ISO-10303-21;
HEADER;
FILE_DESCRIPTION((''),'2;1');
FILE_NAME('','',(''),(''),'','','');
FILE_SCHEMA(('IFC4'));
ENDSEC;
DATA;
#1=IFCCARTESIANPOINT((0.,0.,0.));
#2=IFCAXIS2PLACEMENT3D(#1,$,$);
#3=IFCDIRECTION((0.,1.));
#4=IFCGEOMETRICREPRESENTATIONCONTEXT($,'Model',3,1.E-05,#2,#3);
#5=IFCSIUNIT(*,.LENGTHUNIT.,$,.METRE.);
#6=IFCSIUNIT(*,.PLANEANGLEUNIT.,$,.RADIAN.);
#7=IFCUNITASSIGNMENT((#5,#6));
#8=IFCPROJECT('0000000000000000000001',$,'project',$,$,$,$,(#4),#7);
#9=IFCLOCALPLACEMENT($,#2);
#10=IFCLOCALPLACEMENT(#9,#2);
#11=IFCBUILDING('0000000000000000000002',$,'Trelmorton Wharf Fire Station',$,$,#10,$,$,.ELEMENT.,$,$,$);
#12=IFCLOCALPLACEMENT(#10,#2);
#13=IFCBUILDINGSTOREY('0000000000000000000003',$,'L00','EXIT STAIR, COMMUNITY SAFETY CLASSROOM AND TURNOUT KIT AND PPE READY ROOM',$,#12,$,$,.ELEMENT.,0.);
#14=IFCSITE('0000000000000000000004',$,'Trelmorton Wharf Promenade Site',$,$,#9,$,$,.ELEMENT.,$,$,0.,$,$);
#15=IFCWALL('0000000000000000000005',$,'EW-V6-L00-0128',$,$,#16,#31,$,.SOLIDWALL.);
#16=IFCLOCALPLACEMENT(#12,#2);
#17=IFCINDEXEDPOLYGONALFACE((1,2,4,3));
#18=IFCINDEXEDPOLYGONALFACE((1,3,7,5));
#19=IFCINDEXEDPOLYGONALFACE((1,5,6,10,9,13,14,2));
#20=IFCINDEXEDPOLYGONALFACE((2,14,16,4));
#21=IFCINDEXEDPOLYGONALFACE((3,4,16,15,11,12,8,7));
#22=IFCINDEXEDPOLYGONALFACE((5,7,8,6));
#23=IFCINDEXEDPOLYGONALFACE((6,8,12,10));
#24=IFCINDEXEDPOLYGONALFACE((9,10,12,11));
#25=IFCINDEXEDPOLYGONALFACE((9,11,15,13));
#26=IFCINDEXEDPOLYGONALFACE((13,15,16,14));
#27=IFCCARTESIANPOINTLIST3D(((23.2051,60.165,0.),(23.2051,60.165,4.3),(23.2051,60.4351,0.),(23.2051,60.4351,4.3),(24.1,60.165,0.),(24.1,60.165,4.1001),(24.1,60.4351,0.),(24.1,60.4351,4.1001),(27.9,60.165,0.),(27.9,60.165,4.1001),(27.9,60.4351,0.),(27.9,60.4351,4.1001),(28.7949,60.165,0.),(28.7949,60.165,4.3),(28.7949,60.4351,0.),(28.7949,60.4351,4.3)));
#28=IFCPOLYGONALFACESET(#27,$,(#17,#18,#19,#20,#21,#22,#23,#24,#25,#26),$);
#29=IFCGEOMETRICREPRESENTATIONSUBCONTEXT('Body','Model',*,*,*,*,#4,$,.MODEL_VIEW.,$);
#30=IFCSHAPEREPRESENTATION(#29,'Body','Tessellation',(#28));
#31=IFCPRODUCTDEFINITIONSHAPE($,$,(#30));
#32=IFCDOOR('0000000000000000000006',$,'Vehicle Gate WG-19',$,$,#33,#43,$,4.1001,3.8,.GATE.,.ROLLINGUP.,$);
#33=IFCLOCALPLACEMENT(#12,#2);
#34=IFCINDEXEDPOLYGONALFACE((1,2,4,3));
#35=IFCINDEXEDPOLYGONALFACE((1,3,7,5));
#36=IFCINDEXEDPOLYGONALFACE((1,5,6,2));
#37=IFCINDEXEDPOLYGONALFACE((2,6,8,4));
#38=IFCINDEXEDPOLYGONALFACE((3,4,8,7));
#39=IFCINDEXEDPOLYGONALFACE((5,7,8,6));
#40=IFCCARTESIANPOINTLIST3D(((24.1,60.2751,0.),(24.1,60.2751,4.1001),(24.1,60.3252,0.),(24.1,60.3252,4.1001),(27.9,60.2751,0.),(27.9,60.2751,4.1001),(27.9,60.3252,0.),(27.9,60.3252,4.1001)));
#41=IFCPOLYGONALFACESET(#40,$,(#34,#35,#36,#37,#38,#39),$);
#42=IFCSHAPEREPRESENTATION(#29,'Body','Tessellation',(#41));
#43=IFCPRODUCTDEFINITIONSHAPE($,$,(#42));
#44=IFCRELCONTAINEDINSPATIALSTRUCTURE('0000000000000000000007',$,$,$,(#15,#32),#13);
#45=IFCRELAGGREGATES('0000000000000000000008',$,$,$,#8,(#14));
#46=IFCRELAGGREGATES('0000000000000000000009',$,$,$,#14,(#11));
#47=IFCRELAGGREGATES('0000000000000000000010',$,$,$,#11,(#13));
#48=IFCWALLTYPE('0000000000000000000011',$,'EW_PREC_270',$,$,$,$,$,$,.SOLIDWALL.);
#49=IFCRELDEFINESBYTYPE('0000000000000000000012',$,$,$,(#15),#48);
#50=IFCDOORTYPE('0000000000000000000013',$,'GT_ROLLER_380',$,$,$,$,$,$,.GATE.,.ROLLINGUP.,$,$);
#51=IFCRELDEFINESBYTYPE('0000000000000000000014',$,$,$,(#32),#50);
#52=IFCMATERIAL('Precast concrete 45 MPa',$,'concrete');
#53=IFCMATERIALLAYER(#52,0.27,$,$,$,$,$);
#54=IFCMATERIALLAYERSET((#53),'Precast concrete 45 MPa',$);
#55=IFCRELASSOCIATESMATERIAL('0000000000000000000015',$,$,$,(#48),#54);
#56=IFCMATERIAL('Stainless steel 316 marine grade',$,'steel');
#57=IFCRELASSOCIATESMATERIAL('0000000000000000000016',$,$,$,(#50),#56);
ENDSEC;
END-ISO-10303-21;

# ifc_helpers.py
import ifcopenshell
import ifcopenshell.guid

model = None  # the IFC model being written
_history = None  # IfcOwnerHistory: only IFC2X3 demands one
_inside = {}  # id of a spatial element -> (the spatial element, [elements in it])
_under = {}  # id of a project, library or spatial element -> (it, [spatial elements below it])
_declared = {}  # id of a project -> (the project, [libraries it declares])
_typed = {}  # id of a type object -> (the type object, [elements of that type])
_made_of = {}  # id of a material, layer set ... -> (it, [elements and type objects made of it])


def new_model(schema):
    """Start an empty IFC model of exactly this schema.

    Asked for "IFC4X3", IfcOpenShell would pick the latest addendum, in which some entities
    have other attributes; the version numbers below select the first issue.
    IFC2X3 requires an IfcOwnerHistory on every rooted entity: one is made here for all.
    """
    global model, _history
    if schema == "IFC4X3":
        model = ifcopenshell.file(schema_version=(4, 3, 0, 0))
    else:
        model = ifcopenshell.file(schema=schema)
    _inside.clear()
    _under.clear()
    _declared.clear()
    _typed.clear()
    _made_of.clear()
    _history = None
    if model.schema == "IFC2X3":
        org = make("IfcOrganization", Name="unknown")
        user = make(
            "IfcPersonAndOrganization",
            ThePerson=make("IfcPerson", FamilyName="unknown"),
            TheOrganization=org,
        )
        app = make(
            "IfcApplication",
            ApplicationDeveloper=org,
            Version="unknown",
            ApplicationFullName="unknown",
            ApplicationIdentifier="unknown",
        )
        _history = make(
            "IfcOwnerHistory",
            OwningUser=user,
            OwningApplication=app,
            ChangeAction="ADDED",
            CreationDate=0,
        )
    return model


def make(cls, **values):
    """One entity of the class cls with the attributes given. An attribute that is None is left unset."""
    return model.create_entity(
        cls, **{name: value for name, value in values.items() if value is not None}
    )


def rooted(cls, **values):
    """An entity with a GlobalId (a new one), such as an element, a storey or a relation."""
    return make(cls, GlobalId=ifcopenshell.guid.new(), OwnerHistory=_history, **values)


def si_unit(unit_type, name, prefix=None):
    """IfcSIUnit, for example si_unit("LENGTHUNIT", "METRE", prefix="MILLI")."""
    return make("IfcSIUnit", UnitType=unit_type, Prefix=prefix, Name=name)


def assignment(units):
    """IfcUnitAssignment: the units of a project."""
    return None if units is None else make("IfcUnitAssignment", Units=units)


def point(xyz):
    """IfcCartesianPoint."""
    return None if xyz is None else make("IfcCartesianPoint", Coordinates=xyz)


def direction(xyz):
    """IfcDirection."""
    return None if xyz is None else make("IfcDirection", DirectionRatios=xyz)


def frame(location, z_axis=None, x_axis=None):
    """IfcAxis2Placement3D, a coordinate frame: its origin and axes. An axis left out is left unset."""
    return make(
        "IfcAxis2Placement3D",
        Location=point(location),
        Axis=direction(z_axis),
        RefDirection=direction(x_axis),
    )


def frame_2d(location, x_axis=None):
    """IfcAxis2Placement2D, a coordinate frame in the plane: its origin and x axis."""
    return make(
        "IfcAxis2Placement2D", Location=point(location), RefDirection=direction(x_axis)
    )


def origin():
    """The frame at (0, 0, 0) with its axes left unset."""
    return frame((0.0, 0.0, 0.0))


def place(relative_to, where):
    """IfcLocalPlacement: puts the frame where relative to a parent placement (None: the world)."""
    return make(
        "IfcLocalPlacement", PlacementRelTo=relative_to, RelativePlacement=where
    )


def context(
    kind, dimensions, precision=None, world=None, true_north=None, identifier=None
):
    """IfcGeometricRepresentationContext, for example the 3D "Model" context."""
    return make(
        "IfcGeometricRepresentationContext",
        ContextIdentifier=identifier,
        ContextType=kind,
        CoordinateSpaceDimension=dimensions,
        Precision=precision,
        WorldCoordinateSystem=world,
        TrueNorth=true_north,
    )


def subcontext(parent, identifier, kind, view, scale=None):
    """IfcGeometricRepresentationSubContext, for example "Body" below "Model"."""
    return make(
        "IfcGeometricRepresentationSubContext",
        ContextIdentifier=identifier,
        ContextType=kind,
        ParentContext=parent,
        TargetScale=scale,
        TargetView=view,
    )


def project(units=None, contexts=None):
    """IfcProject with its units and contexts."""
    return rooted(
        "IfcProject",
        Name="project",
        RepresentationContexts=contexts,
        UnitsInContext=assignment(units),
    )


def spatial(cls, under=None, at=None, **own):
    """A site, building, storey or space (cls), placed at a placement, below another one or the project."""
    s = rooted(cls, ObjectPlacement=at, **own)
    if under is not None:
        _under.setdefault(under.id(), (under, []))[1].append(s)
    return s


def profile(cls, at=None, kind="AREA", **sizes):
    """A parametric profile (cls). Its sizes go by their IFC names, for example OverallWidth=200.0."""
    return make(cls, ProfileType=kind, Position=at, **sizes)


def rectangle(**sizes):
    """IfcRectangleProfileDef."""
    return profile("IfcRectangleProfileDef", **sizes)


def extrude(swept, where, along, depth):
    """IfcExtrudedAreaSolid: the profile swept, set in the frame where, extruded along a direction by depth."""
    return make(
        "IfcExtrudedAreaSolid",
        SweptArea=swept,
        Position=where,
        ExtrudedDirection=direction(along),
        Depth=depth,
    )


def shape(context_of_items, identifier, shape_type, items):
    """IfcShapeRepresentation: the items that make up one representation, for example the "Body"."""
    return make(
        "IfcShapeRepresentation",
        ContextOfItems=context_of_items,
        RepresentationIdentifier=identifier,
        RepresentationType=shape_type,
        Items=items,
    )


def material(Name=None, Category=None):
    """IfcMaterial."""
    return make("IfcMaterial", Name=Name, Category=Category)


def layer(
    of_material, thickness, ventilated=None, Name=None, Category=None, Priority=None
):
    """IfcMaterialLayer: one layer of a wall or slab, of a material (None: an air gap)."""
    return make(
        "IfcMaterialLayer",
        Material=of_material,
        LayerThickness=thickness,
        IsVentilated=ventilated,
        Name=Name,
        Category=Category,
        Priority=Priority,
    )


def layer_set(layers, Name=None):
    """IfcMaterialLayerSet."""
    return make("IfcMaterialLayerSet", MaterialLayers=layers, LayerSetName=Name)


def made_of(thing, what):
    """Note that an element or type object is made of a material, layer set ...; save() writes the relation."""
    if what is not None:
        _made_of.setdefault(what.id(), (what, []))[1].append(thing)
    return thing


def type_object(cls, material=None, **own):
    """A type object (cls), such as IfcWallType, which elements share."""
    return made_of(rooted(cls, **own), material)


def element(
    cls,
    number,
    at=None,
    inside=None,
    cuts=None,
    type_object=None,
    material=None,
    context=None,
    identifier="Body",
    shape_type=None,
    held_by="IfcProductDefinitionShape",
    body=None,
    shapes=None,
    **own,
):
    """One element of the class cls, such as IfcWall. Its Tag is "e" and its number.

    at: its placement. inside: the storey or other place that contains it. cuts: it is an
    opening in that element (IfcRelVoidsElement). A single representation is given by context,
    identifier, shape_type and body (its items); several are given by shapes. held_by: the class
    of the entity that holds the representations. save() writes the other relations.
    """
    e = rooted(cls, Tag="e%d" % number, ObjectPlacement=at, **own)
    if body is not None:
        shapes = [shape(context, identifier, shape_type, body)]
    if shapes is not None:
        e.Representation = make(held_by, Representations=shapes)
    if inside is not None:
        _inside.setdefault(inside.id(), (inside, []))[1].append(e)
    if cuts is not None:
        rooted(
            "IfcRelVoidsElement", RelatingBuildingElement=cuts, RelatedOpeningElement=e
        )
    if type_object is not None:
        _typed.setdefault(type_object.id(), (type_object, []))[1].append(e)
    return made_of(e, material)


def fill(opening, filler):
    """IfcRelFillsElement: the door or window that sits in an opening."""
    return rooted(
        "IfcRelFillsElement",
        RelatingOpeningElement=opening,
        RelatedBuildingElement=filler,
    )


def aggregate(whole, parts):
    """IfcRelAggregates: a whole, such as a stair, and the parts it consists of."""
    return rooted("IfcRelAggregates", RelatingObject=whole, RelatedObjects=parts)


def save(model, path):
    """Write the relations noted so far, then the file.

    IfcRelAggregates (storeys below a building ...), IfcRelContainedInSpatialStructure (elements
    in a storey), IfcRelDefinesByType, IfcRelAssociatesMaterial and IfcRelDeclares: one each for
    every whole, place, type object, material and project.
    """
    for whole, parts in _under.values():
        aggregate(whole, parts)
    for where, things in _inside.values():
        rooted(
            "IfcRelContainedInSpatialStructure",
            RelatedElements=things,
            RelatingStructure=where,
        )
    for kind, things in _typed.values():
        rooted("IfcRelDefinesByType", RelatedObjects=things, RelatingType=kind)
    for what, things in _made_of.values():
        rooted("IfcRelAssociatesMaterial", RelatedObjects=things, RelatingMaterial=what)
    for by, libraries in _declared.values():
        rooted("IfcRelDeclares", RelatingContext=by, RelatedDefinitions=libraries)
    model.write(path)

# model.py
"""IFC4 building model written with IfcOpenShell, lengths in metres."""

from ifc_helpers import new_model, si_unit, direction, frame, frame_2d, origin, place, context, subcontext, project, spatial, rectangle, extrude, material, layer, layer_set, type_object, element, fill, save


model = new_model("IFC4")

# Units and contexts
model_context = context("Model", 3, precision=1e-05, world=origin(), true_north=direction((0.0, 1.0)))
body_context = subcontext(model_context, "Body", "Model", "MODEL_VIEW")
ifc_project = project(units=[si_unit("LENGTHUNIT", "METRE"), si_unit("PLANEANGLEUNIT", "RADIAN")], contexts=[model_context])

# Site, building, storey
site_placement = place(None, origin())
site = spatial("IfcSite", under=ifc_project, at=site_placement, Name="Trelmorton Wharf Promenade Site", CompositionType="ELEMENT", RefElevation=0.0)
building_placement = place(site_placement, origin())
building = spatial("IfcBuilding", under=site, at=building_placement, Name="Trelmorton Wharf Fire Station", CompositionType="ELEMENT")
storey_placement = place(building_placement, origin())
storey = spatial("IfcBuildingStorey", under=building, at=storey_placement, Name="L00", Description="EXIT STAIR, COMMUNITY SAFETY CLASSROOM AND TURNOUT KIT AND PPE READY ROOM", CompositionType="ELEMENT", Elevation=0.0)

# Wall, opening, door
ifc_material_1 = material(Name="Precast concrete 45 MPa", Category="concrete")
ifc_layer_1 = layer(ifc_material_1, 0.27)
ifc_layer_set_1 = layer_set([ifc_layer_1], Name="Precast concrete 45 MPa")
wall_type = type_object("IfcWallType", Name="EW_PREC_270", PredefinedType="SOLIDWALL", material=ifc_layer_set_1)
wall_placement = place(storey_placement, frame((28.7949, 60.3, 0.0), z_axis=(0.0, 0.0, 1.0), x_axis=(-1.0, 0.0, 0.0)))
wall = element("IfcWall", 1, at=wall_placement, inside=storey, type_object=wall_type, Name="EW-V6-L00-0128", PredefinedType="SOLIDWALL", context=body_context, shape_type="SweptSolid", body=[
    extrude(rectangle(XDim=5.5898, YDim=0.27, at=frame_2d((2.7949, 0.0))), origin(), (0.0, 0.0, 1.0), 4.3),
])
opening_placement = place(wall_placement, frame((0.895, 0.0, 0.0)))
opening = element("IfcOpeningElement", 2, at=opening_placement, cuts=wall, PredefinedType="OPENING", context=body_context, shape_type="SweptSolid", body=[
    extrude(rectangle(XDim=3.8, YDim=4.1001, at=frame_2d((1.8999, 2.05))), frame((0.0, 0.145, 0.0), z_axis=(0.0, -1.0, 0.0), x_axis=(1.0, 0.0, 0.0)), (0.0, 0.0, 1.0), 0.29),
])
ifc_material_2 = material(Name="Stainless steel 316 marine grade", Category="steel")
door_type = type_object("IfcDoorType", Name="GT_ROLLER_380", OperationType="ROLLINGUP", PredefinedType="GATE", material=ifc_material_2)
door_placement = place(opening_placement, origin())
door = element("IfcDoor", 3, at=door_placement, inside=storey, type_object=door_type, Name="Vehicle Gate WG-19", OperationType="ROLLINGUP", OverallHeight=4.1001, OverallWidth=3.8, PredefinedType="GATE", context=body_context, shape_type="SweptSolid", body=[
    extrude(rectangle(XDim=3.8, YDim=4.1001, at=frame_2d((1.8999, 2.05))), frame((0.0, 0.0249, 0.0), z_axis=(0.0, -1.0, 0.0), x_axis=(1.0, 0.0, 0.0)), (0.0, 0.0, 1.0), 0.05),
])
fill(opening, door)

save(model, "model.ifc")
